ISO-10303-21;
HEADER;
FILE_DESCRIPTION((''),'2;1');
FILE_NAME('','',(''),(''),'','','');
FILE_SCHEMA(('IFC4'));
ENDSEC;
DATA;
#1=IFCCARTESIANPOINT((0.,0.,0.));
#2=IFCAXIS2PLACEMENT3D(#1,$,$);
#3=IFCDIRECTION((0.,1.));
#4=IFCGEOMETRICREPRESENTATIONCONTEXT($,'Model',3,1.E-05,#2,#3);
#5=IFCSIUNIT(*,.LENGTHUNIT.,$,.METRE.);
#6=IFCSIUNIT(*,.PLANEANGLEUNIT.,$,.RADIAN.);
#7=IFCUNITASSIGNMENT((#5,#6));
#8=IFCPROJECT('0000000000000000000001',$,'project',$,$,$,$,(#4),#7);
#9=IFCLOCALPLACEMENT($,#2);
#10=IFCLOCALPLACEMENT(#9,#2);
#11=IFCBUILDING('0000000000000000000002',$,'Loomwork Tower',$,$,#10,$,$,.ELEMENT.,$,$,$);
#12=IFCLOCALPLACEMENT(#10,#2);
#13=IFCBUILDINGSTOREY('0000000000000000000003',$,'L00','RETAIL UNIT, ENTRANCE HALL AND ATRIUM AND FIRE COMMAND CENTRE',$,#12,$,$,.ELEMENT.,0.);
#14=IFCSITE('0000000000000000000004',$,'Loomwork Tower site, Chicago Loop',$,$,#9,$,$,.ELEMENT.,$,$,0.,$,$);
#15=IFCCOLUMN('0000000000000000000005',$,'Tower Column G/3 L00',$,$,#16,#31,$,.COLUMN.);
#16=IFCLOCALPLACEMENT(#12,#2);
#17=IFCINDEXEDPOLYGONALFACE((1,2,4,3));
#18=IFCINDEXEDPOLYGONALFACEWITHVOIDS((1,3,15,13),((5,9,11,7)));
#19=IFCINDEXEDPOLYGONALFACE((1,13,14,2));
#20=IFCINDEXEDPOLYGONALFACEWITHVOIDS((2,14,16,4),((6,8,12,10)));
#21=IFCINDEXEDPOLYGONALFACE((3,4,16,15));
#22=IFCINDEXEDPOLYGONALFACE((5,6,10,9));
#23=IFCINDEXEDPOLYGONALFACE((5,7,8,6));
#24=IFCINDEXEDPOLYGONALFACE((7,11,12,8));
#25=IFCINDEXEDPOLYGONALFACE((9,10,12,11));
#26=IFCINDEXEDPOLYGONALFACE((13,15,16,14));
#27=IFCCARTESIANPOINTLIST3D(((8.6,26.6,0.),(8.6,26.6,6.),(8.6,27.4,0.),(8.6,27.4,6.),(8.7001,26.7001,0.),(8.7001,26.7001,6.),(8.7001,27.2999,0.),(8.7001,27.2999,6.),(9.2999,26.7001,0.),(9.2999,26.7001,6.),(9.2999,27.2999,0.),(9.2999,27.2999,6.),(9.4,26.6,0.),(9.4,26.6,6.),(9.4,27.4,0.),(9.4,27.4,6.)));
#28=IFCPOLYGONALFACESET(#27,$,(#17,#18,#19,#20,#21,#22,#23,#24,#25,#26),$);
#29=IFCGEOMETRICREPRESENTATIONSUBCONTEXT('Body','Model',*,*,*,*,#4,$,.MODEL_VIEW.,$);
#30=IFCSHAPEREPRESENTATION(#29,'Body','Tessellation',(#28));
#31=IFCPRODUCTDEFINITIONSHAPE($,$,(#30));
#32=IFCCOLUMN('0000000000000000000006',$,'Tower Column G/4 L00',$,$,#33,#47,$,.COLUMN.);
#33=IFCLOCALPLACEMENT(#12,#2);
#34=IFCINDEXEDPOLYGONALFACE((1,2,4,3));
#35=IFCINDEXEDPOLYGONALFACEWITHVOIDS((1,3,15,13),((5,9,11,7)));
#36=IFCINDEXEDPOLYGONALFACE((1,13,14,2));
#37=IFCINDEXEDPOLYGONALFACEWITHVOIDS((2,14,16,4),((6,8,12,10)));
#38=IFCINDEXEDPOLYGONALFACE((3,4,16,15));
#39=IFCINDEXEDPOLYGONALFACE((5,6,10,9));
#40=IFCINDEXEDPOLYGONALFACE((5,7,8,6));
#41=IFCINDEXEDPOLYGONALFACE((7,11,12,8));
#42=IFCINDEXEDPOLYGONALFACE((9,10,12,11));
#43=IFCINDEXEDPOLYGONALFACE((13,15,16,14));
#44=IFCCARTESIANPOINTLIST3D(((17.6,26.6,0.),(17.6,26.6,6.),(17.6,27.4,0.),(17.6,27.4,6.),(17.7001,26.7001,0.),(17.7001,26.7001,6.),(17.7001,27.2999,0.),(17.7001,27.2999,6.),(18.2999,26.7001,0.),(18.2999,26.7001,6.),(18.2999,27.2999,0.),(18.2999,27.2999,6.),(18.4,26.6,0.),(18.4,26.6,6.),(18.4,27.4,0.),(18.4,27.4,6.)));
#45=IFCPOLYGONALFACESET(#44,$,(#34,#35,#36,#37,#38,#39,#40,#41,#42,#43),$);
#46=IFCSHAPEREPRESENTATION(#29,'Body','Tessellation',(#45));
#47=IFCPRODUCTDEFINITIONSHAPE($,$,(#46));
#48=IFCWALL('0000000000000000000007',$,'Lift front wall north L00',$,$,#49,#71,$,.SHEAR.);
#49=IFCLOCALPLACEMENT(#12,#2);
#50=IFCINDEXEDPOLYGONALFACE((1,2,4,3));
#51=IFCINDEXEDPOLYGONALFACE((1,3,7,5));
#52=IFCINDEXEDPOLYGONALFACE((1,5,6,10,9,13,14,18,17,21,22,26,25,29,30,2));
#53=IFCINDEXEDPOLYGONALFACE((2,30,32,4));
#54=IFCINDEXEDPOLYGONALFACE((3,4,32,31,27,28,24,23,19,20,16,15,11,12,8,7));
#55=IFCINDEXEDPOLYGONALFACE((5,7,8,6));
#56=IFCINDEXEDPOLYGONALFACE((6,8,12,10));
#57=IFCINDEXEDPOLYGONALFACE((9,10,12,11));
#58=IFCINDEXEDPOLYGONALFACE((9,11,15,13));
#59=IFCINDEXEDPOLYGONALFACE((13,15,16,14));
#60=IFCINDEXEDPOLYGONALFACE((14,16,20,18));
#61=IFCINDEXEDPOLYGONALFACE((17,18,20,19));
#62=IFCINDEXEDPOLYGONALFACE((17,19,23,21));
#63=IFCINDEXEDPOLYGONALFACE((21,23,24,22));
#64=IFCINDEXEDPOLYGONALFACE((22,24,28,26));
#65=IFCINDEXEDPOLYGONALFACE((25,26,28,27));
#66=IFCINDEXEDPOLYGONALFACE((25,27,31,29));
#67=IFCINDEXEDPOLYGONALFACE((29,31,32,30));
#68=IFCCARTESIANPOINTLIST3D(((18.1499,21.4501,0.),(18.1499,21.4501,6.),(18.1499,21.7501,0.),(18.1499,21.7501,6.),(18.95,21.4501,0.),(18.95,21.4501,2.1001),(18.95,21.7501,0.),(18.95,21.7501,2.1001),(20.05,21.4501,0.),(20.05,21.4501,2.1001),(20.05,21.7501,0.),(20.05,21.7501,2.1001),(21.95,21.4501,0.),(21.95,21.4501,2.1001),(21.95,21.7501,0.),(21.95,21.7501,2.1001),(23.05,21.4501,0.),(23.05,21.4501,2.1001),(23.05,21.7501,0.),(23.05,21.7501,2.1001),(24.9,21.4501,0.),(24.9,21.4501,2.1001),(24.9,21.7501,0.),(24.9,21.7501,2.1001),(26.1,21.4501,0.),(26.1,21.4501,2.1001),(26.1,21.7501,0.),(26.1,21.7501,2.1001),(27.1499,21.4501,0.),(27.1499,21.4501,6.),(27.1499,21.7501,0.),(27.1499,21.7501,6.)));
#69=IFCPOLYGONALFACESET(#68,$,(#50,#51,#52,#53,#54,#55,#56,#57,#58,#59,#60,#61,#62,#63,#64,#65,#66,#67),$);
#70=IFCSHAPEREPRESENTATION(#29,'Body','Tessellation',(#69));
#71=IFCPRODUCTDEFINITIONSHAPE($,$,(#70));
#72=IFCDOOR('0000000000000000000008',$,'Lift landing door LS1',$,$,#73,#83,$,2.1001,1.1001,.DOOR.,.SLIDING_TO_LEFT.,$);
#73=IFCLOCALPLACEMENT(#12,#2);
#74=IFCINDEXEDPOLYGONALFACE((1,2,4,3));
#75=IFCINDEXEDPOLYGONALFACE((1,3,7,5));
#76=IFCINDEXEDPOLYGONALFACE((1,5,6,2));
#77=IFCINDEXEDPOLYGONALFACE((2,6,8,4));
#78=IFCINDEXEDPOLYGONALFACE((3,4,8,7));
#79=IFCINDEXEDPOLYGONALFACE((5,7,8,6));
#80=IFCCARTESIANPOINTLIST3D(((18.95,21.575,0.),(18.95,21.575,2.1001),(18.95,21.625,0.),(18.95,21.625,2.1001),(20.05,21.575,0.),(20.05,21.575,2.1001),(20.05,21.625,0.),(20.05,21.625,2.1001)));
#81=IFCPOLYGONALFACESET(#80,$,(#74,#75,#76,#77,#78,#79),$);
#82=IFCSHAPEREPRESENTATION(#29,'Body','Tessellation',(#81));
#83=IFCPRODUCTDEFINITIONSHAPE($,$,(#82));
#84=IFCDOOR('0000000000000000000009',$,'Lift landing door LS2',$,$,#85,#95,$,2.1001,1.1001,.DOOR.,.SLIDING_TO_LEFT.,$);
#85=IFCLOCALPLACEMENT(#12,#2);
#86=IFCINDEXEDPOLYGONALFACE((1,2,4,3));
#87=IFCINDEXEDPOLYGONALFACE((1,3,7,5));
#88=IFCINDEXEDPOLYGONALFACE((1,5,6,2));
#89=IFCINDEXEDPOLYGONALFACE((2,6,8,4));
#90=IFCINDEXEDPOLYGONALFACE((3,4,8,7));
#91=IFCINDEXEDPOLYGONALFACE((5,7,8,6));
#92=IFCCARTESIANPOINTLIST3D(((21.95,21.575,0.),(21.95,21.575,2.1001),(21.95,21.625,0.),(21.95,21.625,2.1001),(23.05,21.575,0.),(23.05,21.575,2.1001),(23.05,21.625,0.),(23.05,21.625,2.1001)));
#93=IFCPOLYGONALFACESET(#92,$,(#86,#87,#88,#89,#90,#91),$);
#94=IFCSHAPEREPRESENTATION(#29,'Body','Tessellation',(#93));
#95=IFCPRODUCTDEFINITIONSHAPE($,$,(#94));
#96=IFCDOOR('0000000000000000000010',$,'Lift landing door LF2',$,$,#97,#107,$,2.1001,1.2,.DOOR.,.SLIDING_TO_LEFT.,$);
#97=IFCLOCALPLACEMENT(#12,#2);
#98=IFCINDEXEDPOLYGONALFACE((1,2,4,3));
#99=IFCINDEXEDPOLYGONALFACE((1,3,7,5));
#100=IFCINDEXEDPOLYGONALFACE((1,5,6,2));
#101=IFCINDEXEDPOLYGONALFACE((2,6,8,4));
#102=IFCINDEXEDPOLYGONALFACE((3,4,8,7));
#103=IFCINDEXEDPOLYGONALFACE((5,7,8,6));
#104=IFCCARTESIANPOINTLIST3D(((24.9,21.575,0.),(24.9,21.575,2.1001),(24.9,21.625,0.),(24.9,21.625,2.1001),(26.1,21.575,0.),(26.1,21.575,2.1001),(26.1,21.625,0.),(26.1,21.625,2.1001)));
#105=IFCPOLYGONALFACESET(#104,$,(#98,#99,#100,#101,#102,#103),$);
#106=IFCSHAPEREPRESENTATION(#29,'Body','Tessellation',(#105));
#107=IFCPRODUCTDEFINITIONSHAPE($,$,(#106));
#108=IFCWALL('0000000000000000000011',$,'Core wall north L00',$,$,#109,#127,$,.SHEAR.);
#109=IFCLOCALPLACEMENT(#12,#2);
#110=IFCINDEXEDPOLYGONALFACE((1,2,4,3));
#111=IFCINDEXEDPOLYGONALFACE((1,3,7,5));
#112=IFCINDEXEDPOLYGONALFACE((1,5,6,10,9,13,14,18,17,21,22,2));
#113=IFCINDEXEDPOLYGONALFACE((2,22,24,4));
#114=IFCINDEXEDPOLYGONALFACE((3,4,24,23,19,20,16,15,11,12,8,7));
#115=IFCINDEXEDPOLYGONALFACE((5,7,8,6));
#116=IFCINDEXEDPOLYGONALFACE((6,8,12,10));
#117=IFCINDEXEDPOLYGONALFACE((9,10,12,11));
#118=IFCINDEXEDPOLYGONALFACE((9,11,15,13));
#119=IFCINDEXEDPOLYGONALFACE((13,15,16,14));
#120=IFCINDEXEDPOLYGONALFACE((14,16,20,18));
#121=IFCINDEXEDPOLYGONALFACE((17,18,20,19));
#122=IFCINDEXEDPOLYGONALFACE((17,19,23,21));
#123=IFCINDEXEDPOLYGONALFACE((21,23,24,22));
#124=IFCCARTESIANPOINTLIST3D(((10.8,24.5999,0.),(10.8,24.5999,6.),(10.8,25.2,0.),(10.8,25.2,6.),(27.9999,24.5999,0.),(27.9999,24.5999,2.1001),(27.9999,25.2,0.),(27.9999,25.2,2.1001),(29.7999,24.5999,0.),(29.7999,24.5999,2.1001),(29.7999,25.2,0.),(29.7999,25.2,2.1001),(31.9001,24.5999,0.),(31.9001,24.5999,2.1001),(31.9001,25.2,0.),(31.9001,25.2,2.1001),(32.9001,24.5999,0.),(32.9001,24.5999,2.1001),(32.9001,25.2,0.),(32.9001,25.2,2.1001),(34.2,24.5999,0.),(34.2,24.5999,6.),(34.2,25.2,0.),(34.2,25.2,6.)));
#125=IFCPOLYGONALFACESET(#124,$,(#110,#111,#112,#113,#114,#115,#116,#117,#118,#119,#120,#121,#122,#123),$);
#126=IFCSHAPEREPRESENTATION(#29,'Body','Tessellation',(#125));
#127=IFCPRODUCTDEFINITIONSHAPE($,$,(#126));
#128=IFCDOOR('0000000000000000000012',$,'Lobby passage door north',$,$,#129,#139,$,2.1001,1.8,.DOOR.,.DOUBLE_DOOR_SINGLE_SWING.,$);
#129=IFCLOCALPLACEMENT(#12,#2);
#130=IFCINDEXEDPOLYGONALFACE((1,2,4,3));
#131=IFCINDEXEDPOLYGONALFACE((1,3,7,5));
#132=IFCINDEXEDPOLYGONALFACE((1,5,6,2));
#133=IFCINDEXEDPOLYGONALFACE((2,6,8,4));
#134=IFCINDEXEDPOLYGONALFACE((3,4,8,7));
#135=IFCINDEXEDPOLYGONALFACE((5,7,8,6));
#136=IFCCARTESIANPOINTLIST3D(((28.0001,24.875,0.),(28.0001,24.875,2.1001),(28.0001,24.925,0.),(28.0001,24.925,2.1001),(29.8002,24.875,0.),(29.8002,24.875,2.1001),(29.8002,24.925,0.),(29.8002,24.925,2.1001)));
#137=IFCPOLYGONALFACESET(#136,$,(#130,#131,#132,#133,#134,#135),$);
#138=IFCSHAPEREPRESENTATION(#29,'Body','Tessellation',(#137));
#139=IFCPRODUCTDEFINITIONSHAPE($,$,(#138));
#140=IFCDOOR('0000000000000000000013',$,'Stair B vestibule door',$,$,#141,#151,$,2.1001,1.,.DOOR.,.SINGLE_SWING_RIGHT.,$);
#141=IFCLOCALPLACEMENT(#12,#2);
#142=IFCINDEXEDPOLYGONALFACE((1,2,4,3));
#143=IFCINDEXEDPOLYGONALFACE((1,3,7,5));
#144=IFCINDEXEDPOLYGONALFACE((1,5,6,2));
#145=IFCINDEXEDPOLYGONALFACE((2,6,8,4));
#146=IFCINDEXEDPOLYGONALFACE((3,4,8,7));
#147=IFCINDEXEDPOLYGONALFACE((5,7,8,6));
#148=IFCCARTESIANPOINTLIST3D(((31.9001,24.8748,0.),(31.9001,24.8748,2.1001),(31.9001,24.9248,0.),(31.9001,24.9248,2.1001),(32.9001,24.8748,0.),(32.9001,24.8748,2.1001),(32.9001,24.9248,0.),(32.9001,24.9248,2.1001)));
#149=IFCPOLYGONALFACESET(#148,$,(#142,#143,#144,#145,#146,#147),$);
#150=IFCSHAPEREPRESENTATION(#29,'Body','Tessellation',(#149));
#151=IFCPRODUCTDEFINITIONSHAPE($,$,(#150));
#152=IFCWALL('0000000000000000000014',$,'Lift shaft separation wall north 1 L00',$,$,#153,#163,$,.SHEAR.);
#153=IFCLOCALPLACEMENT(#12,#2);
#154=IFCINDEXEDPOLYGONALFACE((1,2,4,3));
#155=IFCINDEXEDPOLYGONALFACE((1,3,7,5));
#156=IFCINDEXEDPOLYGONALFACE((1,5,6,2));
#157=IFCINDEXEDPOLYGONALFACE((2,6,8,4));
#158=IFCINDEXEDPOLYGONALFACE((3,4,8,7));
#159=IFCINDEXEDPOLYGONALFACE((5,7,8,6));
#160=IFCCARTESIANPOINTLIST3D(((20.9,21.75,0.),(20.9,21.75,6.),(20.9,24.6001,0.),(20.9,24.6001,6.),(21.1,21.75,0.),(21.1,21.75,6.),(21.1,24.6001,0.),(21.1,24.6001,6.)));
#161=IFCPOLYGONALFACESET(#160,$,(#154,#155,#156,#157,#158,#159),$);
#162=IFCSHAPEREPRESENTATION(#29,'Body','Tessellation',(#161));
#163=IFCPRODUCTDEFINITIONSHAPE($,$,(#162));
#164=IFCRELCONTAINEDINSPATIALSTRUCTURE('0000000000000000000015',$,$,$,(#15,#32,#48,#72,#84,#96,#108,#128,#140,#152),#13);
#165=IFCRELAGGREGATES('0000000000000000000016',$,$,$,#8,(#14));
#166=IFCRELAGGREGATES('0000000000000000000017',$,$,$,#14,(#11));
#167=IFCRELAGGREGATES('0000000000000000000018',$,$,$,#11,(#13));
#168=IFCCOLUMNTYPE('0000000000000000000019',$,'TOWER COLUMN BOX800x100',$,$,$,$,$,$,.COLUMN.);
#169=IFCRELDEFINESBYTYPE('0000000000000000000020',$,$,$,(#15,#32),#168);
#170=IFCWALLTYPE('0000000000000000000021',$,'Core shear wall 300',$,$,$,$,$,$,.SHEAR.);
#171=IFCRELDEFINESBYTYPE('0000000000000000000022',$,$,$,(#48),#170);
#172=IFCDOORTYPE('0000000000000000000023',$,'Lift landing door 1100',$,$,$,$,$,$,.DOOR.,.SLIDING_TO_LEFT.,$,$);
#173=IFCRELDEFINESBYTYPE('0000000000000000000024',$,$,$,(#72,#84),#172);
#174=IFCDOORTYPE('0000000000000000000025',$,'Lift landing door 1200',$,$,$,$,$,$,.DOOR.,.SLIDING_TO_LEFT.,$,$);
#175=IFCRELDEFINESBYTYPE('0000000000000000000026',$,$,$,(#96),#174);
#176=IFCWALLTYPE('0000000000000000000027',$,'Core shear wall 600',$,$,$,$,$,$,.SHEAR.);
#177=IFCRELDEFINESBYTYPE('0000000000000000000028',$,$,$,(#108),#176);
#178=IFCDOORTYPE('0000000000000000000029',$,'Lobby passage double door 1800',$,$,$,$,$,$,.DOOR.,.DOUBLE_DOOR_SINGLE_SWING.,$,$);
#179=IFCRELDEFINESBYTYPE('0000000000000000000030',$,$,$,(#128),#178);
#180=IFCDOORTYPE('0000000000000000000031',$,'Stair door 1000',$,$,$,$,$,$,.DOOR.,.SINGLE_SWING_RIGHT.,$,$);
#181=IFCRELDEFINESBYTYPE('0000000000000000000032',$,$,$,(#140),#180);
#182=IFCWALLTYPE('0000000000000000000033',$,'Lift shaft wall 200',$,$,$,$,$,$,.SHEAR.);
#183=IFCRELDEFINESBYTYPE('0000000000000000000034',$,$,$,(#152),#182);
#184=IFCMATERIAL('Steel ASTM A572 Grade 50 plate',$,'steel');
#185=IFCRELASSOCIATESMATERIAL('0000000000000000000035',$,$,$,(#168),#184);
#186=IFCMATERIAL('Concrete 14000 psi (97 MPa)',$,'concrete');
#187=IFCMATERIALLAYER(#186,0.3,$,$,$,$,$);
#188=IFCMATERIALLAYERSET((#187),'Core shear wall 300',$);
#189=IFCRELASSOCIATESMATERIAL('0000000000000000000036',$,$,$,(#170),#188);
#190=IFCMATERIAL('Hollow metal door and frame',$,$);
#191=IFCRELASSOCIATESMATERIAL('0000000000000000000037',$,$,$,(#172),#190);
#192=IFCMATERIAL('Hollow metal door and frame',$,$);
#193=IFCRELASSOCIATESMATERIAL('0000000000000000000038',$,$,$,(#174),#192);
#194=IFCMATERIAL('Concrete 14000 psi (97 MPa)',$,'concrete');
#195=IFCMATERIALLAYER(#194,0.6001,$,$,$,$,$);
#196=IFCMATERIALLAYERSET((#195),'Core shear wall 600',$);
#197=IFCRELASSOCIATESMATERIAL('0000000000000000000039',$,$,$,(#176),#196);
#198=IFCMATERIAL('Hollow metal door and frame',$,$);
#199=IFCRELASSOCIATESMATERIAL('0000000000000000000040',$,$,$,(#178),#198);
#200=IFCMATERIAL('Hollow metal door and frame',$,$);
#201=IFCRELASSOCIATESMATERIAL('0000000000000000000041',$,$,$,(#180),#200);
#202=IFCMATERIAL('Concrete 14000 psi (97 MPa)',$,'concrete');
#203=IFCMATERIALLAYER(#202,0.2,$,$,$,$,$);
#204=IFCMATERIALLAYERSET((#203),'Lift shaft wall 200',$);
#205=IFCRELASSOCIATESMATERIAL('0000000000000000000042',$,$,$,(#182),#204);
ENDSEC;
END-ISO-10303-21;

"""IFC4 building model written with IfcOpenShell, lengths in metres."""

from ifc_helpers import new_model, si_unit, direction, frame, frame_2d, origin, origin_2d, place, context, subcontext, project, spatial, rectangle, hollow_rectangle, extrude, material, layer, layer_set, material_profile, profile_set, type_object, element, fill, save


model = new_model("IFC4")

# Units and contexts
model_context = context("Model", 3, precision=1e-05, world=origin(), true_north=direction((0.0, 1.0)))
body_context = subcontext(model_context, "Body", "Model", "MODEL_VIEW")
ifc_project = project(units=[si_unit("LENGTHUNIT", "METRE"), si_unit("PLANEANGLEUNIT", "RADIAN")], contexts=[model_context])

# Site, building, storey
site_placement = place(None, origin())
site = spatial("IfcSite", under=ifc_project, at=site_placement, Name="Loomwork Tower site, Chicago Loop", CompositionType="ELEMENT", RefElevation=0.0)
building_placement = place(site_placement, origin())
building = spatial("IfcBuilding", under=site, at=building_placement, Name="Loomwork Tower", CompositionType="ELEMENT")
storey_placement = place(building_placement, origin())
storey = spatial("IfcBuildingStorey", under=building, at=storey_placement, Name="L00", Description="RETAIL UNIT, ENTRANCE HALL AND ATRIUM AND FIRE COMMAND CENTRE", CompositionType="ELEMENT", Elevation=0.0)

# Columns
ifc_material_1 = material(Name="Steel ASTM A572 Grade 50 plate", Category="steel")
ifc_material_profile = material_profile(ifc_material_1, hollow_rectangle(XDim=0.8, YDim=0.8, WallThickness=0.1001, at=origin_2d()), Name="BOX800x100")
ifc_profile_set = profile_set([ifc_material_profile], Name="Steel ASTM A572 Grade 50 plate")
column_type = type_object("IfcColumnType", Name="TOWER COLUMN BOX800x100", PredefinedType="COLUMN", material=ifc_profile_set)
for number, where, z_axis, x_axis, name in (
    (1, (9.0, 27.0, 0.0), (0.0, 0.0, 1.0), (1.0, 0.0, 0.0), "Tower Column G/3 L00"),
    (2, (18.0, 27.0, 0.0), (0.0, 0.0, 1.0), (1.0, 0.0, 0.0), "Tower Column G/4 L00"),
):
    element("IfcColumn", number, at=place(storey_placement, frame(where, z_axis=z_axis, x_axis=x_axis)), inside=storey, type_object=column_type, Name=name, PredefinedType="COLUMN", context=body_context, shape_type="SweptSolid", body=[
        extrude(hollow_rectangle(XDim=0.8, YDim=0.8, WallThickness=0.1001, at=origin_2d()), origin(), (0.0, 0.0, 1.0), 6.0),
    ])

# Walls, openings, doors
ifc_material_2 = material(Name="Concrete 14000 psi (97 MPa)", Category="concrete")
ifc_layer_1 = layer(ifc_material_2, 0.3)
ifc_layer_set_1 = layer_set([ifc_layer_1], Name="Core shear wall 300")
wall_type_1 = type_object("IfcWallType", Name="Core shear wall 300", PredefinedType="SHEAR", material=ifc_layer_set_1)
wall_1_placement = place(storey_placement, frame((18.1499, 21.6001, 0.0), z_axis=(0.0, 0.0, 1.0), x_axis=(1.0, 0.0, 0.0)))
wall_1 = element("IfcWall", 3, at=wall_1_placement, inside=storey, type_object=wall_type_1, Name="Lift front wall north L00", PredefinedType="SHEAR", context=body_context, shape_type="SweptSolid", body=[
    extrude(rectangle(XDim=9.0, YDim=0.3, at=frame_2d((4.5, 0.0))), origin(), (0.0, 0.0, 1.0), 6.0),
])
opening_1_placement = place(wall_1_placement, frame((0.8, 0.0, 0.0)))
opening_1 = element("IfcOpeningElement", 4, at=opening_1_placement, cuts=wall_1, PredefinedType="OPENING", context=body_context, shape_type="SweptSolid", body=[
    extrude(rectangle(XDim=1.1001, YDim=2.1001, at=frame_2d((0.55, 1.05))), frame((0.0, 0.1599, 0.0), z_axis=(0.0, -1.0, 0.0), x_axis=(1.0, 0.0, 0.0)), (0.0, 0.0, 1.0), 0.3201),
])
opening_2_placement = place(wall_1_placement, frame((3.8, 0.0, 0.0)))
opening_2 = element("IfcOpeningElement", 5, at=opening_2_placement, cuts=wall_1, PredefinedType="OPENING", context=body_context, shape_type="SweptSolid", body=[
    extrude(rectangle(XDim=1.1001, YDim=2.1001, at=frame_2d((0.55, 1.05))), frame((0.0, 0.1599, 0.0), z_axis=(0.0, -1.0, 0.0), x_axis=(1.0, 0.0, 0.0)), (0.0, 0.0, 1.0), 0.3201),
])
opening_3_placement = place(wall_1_placement, frame((6.75, 0.0, 0.0)))
opening_3 = element("IfcOpeningElement", 6, at=opening_3_placement, cuts=wall_1, PredefinedType="OPENING", context=body_context, shape_type="SweptSolid", body=[
    extrude(rectangle(XDim=1.2, YDim=2.1001, at=frame_2d((0.6001, 1.05))), frame((0.0, 0.1599, 0.0), z_axis=(0.0, -1.0, 0.0), x_axis=(1.0, 0.0, 0.0)), (0.0, 0.0, 1.0), 0.3201),
])
ifc_material_3 = material(Name="Hollow metal door and frame")
door_type_1 = type_object("IfcDoorType", Name="Lift landing door 1100", OperationType="SLIDING_TO_LEFT", PredefinedType="DOOR", material=ifc_material_3)
door_1_placement = place(opening_1_placement, origin())
door_1 = element("IfcDoor", 7, at=door_1_placement, inside=storey, type_object=door_type_1, Name="Lift landing door LS1", OperationType="SLIDING_TO_LEFT", OverallHeight=2.1001, OverallWidth=1.1001, PredefinedType="DOOR", context=body_context, shape_type="SweptSolid", body=[
    extrude(rectangle(XDim=1.1001, YDim=2.1001, at=frame_2d((0.55, 1.05))), frame((0.0, 0.0249, 0.0), z_axis=(0.0, -1.0, 0.0), x_axis=(1.0, 0.0, 0.0)), (0.0, 0.0, 1.0), 0.05),
])
fill(opening_1, door_1)
door_2_placement = place(opening_2_placement, origin())
door_2 = element("IfcDoor", 8, at=door_2_placement, inside=storey, type_object=door_type_1, Name="Lift landing door LS2", OperationType="SLIDING_TO_LEFT", OverallHeight=2.1001, OverallWidth=1.1001, PredefinedType="DOOR", context=body_context, shape_type="SweptSolid", body=[
    extrude(rectangle(XDim=1.1001, YDim=2.1001, at=frame_2d((0.55, 1.05))), frame((0.0, 0.0249, 0.0), z_axis=(0.0, -1.0, 0.0), x_axis=(1.0, 0.0, 0.0)), (0.0, 0.0, 1.0), 0.05),
])
fill(opening_2, door_2)
ifc_material_4 = material(Name="Hollow metal door and frame")
door_type_2 = type_object("IfcDoorType", Name="Lift landing door 1200", OperationType="SLIDING_TO_LEFT", PredefinedType="DOOR", material=ifc_material_4)
door_3_placement = place(opening_3_placement, origin())
door_3 = element("IfcDoor", 9, at=door_3_placement, inside=storey, type_object=door_type_2, Name="Lift landing door LF2", OperationType="SLIDING_TO_LEFT", OverallHeight=2.1001, OverallWidth=1.2, PredefinedType="DOOR", context=body_context, shape_type="SweptSolid", body=[
    extrude(rectangle(XDim=1.2, YDim=2.1001, at=frame_2d((0.6001, 1.05))), frame((0.0, 0.0249, 0.0), z_axis=(0.0, -1.0, 0.0), x_axis=(1.0, 0.0, 0.0)), (0.0, 0.0, 1.0), 0.05),
])
fill(opening_3, door_3)
ifc_material_5 = material(Name="Concrete 14000 psi (97 MPa)", Category="concrete")
ifc_layer_2 = layer(ifc_material_5, 0.6001)
ifc_layer_set_2 = layer_set([ifc_layer_2], Name="Core shear wall 600")
wall_type_2 = type_object("IfcWallType", Name="Core shear wall 600", PredefinedType="SHEAR", material=ifc_layer_set_2)
wall_2_placement = place(storey_placement, frame((10.8, 24.8999, 0.0), z_axis=(0.0, 0.0, 1.0), x_axis=(1.0, 0.0, 0.0)))
wall_2 = element("IfcWall", 10, at=wall_2_placement, inside=storey, type_object=wall_type_2, Name="Core wall north L00", PredefinedType="SHEAR", context=body_context, shape_type="SweptSolid", body=[
    extrude(rectangle(XDim=23.3999, YDim=0.6001, at=frame_2d((11.7, 0.0))), origin(), (0.0, 0.0, 1.0), 6.0),
])
opening_4_placement = place(wall_2_placement, frame((17.2, 0.0, 0.0)))
opening_4 = element("IfcOpeningElement", 11, at=opening_4_placement, cuts=wall_2, PredefinedType="OPENING", context=body_context, shape_type="SweptSolid", body=[
    extrude(rectangle(XDim=1.8, YDim=2.1001, at=frame_2d((0.8999, 1.05))), frame((0.0, 0.3101, 0.0), z_axis=(0.0, -1.0, 0.0), x_axis=(1.0, 0.0, 0.0)), (0.0, 0.0, 1.0), 0.6201),
])
opening_5_placement = place(wall_2_placement, frame((21.1001, 0.0, 0.0)))
opening_5 = element("IfcOpeningElement", 12, at=opening_5_placement, cuts=wall_2, PredefinedType="OPENING", context=body_context, shape_type="SweptSolid", body=[
    extrude(rectangle(XDim=1.0, YDim=2.1001, at=frame_2d((0.5, 1.05))), frame((0.0, 0.3101, 0.0), z_axis=(0.0, -1.0, 0.0), x_axis=(1.0, 0.0, 0.0)), (0.0, 0.0, 1.0), 0.6201),
])
ifc_material_6 = material(Name="Hollow metal door and frame")
door_type_3 = type_object("IfcDoorType", Name="Lobby passage double door 1800", OperationType="DOUBLE_DOOR_SINGLE_SWING", PredefinedType="DOOR", material=ifc_material_6)
door_4_placement = place(opening_4_placement, frame((1.8, 0.0, 0.0), z_axis=(0.0, 0.0, 1.0), x_axis=(-1.0, 0.0, 0.0)))
door_4 = element("IfcDoor", 13, at=door_4_placement, inside=storey, type_object=door_type_3, Name="Lobby passage door north", OperationType="DOUBLE_DOOR_SINGLE_SWING", OverallHeight=2.1001, OverallWidth=1.8, PredefinedType="DOOR", context=body_context, shape_type="SweptSolid", body=[
    extrude(rectangle(XDim=1.8, YDim=2.1001, at=frame_2d((0.8999, 1.05))), frame((0.0, 0.0249, 0.0), z_axis=(0.0, -1.0, 0.0), x_axis=(1.0, 0.0, 0.0)), (0.0, 0.0, 1.0), 0.05),
])
fill(opening_4, door_4)
ifc_material_7 = material(Name="Hollow metal door and frame")
door_type_4 = type_object("IfcDoorType", Name="Stair door 1000", OperationType="SINGLE_SWING_RIGHT", PredefinedType="DOOR", material=ifc_material_7)
door_5_placement = place(opening_5_placement, origin())
door_5 = element("IfcDoor", 14, at=door_5_placement, inside=storey, type_object=door_type_4, Name="Stair B vestibule door", OperationType="SINGLE_SWING_RIGHT", OverallHeight=2.1001, OverallWidth=1.0, PredefinedType="DOOR", context=body_context, shape_type="SweptSolid", body=[
    extrude(rectangle(XDim=1.0, YDim=2.1001, at=frame_2d((0.5, 1.05))), frame((0.0, 0.0249, 0.0), z_axis=(0.0, -1.0, 0.0), x_axis=(1.0, 0.0, 0.0)), (0.0, 0.0, 1.0), 0.05),
])
fill(opening_5, door_5)

# Wall
ifc_material_8 = material(Name="Concrete 14000 psi (97 MPa)", Category="concrete")
ifc_layer_3 = layer(ifc_material_8, 0.2)
ifc_layer_set_3 = layer_set([ifc_layer_3], Name="Lift shaft wall 200")
wall_type_3 = type_object("IfcWallType", Name="Lift shaft wall 200", PredefinedType="SHEAR", material=ifc_layer_set_3)
wall_3_placement = place(storey_placement, frame((21.0, 21.75, 0.0), z_axis=(0.0, 0.0, 1.0), x_axis=(0.0, 1.0, 0.0)))
element("IfcWall", 15, at=wall_3_placement, inside=storey, type_object=wall_type_3, Name="Lift shaft separation wall north 1 L00", PredefinedType="SHEAR", context=body_context, shape_type="SweptSolid", body=[
    extrude(rectangle(XDim=2.8501, YDim=0.2, at=frame_2d((1.425, 0.0))), origin(), (0.0, 0.0, 1.0), 6.0),
])

save(model, "model.ifc")
